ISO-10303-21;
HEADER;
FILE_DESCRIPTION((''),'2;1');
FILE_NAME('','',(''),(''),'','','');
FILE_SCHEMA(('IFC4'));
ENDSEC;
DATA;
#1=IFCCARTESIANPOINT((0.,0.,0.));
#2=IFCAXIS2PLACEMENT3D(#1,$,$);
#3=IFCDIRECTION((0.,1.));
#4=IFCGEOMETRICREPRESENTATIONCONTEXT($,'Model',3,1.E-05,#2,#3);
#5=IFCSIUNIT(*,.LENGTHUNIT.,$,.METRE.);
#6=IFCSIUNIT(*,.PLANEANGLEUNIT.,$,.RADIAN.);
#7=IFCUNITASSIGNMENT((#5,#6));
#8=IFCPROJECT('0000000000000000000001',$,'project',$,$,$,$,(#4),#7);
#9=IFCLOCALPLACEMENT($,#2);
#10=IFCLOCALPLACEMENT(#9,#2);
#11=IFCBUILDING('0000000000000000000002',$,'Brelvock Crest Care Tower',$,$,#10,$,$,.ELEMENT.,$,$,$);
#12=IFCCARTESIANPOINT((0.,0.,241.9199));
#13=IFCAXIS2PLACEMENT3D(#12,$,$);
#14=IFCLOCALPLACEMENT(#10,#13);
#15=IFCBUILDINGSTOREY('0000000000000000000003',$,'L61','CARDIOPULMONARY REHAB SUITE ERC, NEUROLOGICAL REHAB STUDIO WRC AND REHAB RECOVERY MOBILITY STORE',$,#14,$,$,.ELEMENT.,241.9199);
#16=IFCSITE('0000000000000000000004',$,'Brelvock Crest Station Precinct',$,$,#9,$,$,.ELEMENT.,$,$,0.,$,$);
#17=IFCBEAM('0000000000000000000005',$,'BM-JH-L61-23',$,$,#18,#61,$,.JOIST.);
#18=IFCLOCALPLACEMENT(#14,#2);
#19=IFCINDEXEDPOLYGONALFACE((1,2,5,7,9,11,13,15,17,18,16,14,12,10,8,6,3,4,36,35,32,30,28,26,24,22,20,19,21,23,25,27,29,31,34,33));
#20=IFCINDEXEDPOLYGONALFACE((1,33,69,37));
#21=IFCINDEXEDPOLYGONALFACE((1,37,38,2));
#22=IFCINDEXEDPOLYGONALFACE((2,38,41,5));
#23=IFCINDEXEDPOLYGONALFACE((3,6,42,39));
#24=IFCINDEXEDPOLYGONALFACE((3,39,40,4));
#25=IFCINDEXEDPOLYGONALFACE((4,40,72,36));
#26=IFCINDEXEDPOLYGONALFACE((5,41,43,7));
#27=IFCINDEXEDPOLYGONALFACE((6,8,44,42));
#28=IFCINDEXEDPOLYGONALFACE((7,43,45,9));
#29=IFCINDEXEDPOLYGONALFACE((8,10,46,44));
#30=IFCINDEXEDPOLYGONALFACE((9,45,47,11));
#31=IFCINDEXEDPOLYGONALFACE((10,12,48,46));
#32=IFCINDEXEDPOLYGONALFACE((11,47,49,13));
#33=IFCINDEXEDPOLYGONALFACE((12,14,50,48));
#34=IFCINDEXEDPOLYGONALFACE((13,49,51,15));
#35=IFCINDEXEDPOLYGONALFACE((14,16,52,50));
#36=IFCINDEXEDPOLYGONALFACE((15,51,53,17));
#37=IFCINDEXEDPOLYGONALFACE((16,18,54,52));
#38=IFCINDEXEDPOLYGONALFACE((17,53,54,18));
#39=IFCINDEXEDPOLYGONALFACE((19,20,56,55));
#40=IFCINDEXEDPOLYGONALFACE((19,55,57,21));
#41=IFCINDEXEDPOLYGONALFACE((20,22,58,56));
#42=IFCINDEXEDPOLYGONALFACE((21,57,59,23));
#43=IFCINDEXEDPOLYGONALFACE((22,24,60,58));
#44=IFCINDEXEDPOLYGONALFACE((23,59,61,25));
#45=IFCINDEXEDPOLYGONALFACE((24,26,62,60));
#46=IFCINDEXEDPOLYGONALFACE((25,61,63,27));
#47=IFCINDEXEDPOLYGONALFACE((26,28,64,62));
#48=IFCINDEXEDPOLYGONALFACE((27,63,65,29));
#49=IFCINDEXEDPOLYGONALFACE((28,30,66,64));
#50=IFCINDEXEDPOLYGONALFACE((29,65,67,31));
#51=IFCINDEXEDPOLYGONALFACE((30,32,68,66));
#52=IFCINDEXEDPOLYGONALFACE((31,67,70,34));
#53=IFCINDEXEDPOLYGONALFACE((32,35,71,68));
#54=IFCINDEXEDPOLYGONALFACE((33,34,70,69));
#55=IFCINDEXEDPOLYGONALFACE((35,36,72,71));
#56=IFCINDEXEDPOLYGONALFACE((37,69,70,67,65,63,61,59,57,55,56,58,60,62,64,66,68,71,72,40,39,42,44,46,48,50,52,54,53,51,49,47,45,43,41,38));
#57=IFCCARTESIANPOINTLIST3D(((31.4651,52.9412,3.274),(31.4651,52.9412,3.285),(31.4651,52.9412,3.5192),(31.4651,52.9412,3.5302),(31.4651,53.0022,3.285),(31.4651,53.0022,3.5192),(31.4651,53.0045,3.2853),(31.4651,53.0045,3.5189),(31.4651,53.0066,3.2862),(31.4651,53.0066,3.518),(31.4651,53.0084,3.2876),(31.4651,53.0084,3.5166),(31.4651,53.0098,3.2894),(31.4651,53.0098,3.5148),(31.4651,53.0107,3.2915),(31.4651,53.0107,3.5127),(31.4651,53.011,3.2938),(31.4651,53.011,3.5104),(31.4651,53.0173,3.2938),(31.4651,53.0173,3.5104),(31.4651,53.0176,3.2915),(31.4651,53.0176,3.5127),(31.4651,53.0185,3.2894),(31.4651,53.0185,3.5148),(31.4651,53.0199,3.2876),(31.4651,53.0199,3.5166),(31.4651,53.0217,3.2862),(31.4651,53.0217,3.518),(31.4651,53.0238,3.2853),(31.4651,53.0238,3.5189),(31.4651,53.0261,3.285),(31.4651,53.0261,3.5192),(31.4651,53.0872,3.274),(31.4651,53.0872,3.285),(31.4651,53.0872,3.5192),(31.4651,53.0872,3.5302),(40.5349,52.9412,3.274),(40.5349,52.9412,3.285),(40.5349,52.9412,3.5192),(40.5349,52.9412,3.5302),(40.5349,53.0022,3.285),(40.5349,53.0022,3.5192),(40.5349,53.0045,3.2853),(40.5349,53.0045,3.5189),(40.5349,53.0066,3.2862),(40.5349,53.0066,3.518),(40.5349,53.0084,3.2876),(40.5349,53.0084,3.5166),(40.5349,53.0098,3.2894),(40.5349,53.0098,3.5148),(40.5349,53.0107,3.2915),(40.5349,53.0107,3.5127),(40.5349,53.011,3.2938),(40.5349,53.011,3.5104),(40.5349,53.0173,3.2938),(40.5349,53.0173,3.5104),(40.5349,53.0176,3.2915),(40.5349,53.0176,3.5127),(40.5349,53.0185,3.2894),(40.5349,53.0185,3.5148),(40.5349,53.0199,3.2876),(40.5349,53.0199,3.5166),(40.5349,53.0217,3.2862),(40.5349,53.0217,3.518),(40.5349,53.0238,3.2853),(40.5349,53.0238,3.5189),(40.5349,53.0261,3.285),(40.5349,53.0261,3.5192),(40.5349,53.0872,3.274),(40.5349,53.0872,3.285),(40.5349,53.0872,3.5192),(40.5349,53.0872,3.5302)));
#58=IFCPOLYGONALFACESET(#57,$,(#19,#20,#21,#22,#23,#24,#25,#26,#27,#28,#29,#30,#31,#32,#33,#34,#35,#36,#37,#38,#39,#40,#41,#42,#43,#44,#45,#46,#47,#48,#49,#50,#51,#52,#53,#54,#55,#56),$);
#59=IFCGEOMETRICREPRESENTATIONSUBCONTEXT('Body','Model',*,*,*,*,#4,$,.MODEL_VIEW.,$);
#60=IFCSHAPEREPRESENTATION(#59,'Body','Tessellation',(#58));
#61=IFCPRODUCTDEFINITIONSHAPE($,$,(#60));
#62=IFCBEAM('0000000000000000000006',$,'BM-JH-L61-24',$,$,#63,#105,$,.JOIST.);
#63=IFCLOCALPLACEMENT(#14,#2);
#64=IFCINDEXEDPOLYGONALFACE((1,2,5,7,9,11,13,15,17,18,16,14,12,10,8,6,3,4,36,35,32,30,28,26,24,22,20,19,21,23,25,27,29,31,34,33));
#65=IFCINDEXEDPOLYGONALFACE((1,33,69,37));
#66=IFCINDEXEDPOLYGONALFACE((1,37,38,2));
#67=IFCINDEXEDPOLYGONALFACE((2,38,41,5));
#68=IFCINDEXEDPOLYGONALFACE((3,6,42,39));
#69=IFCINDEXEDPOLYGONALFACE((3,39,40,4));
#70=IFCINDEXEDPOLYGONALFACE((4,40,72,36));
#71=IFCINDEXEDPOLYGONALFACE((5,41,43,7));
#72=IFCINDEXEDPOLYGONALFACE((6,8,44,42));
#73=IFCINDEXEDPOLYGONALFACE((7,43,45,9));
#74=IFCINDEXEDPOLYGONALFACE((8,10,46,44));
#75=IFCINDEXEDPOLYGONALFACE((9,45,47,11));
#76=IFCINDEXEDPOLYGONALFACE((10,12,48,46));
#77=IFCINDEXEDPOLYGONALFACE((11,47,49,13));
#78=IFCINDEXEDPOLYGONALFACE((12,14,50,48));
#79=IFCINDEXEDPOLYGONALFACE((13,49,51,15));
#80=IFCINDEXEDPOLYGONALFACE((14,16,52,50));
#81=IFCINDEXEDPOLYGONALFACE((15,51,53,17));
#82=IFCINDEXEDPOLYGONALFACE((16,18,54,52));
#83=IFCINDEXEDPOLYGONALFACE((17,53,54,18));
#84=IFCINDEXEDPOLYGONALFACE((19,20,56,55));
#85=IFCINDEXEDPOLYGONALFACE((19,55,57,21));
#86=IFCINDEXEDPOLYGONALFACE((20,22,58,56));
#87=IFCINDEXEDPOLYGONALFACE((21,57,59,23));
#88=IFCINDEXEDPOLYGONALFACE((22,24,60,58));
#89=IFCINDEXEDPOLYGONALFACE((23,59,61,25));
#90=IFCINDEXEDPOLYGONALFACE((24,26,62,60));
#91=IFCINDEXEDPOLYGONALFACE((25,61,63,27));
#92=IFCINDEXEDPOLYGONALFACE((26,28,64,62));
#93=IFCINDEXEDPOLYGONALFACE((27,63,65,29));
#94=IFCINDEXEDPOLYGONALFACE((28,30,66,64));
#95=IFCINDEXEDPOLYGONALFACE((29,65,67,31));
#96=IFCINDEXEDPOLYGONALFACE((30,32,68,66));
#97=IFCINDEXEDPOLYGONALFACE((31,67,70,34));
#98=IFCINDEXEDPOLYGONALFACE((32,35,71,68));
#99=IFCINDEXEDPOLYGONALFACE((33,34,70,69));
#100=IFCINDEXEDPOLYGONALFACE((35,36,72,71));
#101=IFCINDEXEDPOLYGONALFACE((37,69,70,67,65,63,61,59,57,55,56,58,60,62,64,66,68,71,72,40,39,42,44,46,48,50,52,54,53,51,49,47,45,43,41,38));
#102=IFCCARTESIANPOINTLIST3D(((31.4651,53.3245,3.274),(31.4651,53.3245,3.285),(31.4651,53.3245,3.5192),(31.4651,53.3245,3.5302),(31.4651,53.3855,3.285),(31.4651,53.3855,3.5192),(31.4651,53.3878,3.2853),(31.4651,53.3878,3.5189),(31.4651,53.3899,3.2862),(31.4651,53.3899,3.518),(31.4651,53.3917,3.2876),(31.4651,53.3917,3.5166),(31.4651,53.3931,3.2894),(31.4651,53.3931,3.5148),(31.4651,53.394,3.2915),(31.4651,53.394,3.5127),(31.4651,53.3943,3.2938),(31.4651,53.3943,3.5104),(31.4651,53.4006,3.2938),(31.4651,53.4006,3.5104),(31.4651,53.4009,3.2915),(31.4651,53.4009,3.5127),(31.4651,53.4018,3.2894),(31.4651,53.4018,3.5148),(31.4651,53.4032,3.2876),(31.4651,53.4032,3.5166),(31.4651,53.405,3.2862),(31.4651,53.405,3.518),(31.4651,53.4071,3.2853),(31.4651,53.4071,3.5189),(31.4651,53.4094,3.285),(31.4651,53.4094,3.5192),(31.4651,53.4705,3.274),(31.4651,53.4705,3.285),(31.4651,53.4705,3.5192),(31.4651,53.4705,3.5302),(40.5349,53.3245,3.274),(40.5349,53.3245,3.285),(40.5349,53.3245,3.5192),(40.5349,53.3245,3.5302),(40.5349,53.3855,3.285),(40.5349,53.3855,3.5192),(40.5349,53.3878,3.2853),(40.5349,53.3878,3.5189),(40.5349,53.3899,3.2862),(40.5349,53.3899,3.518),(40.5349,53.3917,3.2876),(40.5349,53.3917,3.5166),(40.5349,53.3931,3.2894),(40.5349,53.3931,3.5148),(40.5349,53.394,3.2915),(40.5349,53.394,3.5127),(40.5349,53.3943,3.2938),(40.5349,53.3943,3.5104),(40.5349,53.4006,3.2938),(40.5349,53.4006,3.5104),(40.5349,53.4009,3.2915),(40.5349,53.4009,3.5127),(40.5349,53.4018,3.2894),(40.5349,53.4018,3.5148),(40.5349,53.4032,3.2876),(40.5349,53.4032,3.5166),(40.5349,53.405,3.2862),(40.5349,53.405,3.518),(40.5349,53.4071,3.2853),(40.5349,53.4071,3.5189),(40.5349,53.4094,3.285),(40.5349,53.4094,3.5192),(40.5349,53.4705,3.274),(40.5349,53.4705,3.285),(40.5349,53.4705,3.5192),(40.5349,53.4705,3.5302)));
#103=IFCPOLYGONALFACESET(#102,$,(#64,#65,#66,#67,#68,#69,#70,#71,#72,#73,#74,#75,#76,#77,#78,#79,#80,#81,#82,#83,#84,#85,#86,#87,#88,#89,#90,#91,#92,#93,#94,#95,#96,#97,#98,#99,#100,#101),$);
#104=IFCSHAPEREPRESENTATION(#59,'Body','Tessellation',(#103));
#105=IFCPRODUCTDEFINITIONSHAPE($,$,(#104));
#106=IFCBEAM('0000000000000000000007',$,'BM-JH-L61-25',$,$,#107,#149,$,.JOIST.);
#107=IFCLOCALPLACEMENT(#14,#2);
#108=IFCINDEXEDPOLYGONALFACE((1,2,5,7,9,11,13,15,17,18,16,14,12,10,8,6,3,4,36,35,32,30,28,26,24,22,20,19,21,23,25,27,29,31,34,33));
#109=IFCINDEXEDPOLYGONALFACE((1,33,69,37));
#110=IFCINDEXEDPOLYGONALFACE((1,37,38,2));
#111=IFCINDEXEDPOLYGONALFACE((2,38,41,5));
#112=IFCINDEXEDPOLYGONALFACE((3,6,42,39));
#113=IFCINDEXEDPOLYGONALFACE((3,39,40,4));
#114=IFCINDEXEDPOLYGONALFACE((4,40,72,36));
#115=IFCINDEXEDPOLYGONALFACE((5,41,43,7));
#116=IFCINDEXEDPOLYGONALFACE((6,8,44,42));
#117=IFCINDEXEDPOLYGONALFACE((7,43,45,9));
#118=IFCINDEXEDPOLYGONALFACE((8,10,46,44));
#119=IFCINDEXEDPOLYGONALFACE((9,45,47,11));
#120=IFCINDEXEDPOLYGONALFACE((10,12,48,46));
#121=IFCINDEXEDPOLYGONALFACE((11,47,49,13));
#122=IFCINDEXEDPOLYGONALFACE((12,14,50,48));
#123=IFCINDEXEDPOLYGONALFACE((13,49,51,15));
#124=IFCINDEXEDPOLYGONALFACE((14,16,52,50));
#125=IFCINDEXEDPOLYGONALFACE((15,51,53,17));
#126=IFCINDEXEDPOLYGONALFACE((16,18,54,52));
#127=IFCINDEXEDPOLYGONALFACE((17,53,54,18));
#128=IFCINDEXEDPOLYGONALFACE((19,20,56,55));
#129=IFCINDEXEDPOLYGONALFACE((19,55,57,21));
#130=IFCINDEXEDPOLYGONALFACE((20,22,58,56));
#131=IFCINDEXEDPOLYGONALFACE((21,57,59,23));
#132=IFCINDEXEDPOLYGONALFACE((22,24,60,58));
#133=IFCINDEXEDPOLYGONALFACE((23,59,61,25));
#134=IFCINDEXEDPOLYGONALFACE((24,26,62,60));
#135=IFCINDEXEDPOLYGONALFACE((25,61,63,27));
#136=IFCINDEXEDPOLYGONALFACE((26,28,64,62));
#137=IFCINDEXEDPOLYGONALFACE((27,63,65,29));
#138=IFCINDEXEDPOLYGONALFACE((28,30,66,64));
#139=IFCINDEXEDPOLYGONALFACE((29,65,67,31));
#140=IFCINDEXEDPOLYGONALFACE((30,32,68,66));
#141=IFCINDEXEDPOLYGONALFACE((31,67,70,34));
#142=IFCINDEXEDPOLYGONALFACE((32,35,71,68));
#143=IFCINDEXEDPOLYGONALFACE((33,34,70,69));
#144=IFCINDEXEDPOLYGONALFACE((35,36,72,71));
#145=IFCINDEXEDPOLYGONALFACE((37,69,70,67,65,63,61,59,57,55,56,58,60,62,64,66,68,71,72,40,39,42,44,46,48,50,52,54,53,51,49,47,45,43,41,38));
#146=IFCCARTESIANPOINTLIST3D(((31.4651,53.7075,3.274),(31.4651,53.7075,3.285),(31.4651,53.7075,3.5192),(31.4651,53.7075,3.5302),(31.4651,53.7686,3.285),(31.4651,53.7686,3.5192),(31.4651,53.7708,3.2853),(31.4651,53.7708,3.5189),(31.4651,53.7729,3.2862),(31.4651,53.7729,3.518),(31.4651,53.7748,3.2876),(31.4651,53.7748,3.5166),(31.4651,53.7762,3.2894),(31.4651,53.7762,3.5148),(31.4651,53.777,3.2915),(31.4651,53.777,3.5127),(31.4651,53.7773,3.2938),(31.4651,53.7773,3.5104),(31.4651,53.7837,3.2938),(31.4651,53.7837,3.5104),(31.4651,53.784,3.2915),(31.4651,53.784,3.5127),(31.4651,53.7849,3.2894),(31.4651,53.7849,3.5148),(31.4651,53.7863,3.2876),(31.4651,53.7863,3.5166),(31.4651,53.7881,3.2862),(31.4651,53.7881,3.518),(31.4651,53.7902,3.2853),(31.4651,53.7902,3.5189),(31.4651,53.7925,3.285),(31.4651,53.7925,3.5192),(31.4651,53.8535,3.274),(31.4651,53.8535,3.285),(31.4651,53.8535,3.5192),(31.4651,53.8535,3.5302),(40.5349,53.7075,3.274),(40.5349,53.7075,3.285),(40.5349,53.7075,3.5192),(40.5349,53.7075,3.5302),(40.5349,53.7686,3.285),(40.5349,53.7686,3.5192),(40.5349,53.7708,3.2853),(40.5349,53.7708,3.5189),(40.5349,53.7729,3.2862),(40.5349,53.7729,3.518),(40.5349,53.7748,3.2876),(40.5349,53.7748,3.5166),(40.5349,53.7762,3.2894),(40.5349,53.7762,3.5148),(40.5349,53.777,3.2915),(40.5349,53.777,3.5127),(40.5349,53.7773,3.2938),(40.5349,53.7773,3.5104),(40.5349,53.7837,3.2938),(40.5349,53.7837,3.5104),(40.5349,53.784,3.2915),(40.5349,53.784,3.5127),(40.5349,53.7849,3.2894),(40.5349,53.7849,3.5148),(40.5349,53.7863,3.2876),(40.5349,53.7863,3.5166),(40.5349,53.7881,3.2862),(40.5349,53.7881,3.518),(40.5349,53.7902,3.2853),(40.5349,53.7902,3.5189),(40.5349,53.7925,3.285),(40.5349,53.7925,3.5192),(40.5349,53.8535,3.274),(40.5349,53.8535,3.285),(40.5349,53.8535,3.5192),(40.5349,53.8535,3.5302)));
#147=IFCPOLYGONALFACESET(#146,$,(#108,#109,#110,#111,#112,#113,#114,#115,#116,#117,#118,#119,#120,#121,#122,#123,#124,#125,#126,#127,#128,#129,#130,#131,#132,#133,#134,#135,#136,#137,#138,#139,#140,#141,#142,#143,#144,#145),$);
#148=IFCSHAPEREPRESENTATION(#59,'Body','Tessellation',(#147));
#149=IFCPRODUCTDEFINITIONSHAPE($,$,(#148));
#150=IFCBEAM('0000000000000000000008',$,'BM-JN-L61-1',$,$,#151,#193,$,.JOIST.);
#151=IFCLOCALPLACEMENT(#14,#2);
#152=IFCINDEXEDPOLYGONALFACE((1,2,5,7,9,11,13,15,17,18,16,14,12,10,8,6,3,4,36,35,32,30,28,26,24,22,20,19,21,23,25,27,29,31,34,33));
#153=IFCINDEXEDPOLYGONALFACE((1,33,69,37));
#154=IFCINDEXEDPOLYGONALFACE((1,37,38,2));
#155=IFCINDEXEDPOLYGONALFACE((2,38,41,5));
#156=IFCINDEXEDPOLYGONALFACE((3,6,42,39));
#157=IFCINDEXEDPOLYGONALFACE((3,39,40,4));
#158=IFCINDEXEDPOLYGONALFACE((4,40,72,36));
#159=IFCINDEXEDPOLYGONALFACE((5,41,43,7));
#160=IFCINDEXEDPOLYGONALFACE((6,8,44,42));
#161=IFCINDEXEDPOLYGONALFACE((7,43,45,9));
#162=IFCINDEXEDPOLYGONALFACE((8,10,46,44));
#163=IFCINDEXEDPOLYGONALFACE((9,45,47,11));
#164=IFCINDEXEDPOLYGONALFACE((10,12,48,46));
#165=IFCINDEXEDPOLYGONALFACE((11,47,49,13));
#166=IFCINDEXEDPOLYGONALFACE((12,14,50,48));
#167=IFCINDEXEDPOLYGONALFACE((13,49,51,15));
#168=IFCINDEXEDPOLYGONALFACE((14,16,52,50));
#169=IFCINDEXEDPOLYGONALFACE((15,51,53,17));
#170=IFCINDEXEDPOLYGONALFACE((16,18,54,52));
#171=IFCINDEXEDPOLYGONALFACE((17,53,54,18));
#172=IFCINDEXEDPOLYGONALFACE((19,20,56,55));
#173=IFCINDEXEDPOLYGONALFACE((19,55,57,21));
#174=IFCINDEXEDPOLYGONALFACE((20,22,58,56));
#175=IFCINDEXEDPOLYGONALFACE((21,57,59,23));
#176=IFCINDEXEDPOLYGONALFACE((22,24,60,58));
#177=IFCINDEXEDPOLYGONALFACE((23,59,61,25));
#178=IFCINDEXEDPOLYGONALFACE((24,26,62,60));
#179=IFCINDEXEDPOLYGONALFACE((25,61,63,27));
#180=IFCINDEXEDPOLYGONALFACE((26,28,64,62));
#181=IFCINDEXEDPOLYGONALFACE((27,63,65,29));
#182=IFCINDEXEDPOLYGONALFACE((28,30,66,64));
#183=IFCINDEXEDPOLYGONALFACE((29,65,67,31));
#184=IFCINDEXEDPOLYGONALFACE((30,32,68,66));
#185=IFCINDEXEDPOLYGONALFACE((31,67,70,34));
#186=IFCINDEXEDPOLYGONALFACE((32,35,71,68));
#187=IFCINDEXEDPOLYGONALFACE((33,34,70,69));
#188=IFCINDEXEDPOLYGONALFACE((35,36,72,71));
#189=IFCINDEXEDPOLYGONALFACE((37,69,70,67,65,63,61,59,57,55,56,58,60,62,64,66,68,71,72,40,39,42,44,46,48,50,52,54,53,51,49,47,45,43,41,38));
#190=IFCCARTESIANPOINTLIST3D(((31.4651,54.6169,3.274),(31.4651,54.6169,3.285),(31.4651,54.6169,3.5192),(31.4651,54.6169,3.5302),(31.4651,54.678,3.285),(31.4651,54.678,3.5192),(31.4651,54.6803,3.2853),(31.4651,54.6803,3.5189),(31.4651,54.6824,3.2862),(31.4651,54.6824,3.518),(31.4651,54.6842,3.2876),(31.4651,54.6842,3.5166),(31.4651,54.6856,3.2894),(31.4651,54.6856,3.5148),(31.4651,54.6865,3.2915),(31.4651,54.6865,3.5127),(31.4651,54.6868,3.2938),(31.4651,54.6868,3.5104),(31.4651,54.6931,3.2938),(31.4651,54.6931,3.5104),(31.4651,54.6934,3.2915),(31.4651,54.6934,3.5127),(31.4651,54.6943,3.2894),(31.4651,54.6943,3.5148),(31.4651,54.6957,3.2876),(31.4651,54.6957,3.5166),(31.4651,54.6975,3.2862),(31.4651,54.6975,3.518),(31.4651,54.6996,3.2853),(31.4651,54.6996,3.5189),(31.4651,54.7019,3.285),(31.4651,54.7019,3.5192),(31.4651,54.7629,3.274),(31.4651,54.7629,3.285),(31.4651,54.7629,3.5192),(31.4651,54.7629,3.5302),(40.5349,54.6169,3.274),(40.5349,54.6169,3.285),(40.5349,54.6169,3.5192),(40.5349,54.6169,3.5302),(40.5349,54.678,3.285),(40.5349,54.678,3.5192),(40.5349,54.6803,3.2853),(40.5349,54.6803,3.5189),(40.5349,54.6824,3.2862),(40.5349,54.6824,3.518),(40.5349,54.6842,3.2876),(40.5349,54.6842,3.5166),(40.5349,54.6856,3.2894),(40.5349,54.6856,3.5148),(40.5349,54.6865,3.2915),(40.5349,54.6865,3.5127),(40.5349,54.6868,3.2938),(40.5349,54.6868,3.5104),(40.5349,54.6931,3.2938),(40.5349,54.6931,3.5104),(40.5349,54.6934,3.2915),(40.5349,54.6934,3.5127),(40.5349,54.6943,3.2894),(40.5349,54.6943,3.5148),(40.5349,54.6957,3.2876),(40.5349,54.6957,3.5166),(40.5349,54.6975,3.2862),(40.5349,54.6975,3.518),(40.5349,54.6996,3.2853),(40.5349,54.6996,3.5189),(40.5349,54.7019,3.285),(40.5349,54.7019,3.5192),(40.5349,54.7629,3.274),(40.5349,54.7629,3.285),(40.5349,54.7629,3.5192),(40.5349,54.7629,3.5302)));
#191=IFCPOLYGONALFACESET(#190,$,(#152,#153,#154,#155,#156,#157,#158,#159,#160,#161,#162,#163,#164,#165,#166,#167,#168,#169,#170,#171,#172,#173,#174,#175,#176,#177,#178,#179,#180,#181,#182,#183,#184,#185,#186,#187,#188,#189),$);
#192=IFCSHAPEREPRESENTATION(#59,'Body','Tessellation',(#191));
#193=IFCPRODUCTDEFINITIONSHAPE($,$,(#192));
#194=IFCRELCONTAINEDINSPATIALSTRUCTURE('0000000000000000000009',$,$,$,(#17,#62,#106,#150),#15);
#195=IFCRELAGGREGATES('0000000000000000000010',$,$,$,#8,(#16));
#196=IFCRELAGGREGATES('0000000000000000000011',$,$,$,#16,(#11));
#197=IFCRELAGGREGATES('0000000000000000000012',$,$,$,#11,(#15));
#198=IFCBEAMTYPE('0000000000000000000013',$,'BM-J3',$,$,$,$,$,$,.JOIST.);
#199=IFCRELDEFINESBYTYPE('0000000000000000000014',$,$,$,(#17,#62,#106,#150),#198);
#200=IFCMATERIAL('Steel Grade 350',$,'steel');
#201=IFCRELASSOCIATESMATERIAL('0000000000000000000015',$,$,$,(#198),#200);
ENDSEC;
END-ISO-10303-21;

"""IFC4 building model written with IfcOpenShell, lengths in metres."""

from ifc_helpers import new_model, si_unit, direction, frame, origin, origin_2d, place, context, subcontext, project, spatial, i_section, extrude, source, transform, mapped, material, material_profile, profile_set, type_object, element, save


model = new_model("IFC4")

# Units and contexts
model_context = context("Model", 3, precision=1e-05, world=origin(), true_north=direction((0.0, 1.0)))
body_context = subcontext(model_context, "Body", "Model", "MODEL_VIEW")
ifc_project = project(units=[si_unit("LENGTHUNIT", "METRE"), si_unit("PLANEANGLEUNIT", "RADIAN")], contexts=[model_context])

# Site, building, storey
site_placement = place(None, origin())
site = spatial("IfcSite", under=ifc_project, at=site_placement, Name="Brelvock Crest Station Precinct", CompositionType="ELEMENT", RefElevation=0.0)
building_placement = place(site_placement, origin())
building = spatial("IfcBuilding", under=site, at=building_placement, Name="Brelvock Crest Care Tower", CompositionType="ELEMENT")
storey_placement = place(building_placement, frame((0.0, 0.0, 241.9199)))
storey = spatial("IfcBuildingStorey", under=building, at=storey_placement, Name="L61", Description="CARDIOPULMONARY REHAB SUITE ERC, NEUROLOGICAL REHAB STUDIO WRC AND REHAB RECOVERY MOBILITY STORE", CompositionType="ELEMENT", Elevation=241.9199)

# Shared definitions
ifc_material_1 = material(Name="Steel Grade 350", Category="steel")

# Beams
ifc_material_profile_1 = material_profile(ifc_material_1, i_section(OverallWidth=0.146, OverallDepth=0.2561, WebThickness=0.0063, FlangeThickness=0.011, FilletRadius=0.0088, at=origin_2d()), Name="250UB37.3")
ifc_profile_set_1 = profile_set([ifc_material_profile_1], Name="Steel Grade 350")
beam_type_1 = type_object("IfcBeamType", Name="BM-J3", PredefinedType="JOIST", material=ifc_profile_set_1)
shared_shape_1 = source(origin(), body_context, "Body", "SweptSolid", [
    extrude(i_section(OverallWidth=0.146, OverallDepth=0.2561, WebThickness=0.0063, FlangeThickness=0.011, FilletRadius=0.0088, at=origin_2d()), origin(), (0.0, 0.0, 1.0), 9.0698),
])
for number, where, z_axis, x_axis, name in (
    (1, (31.4651, 53.0142, 3.4021), (1.0, 0.0, 0.0), (0.0, 1.0, 0.0), "BM-JH-L61-23"),
    (2, (31.4651, 53.3975, 3.4021), (1.0, 0.0, 0.0), (0.0, 1.0, 0.0), "BM-JH-L61-24"),
    (3, (31.4651, 53.7805, 3.4021), (1.0, 0.0, 0.0), (0.0, 1.0, 0.0), "BM-JH-L61-25"),
    (4, (31.4651, 54.6899, 3.4021), (1.0, 0.0, 0.0), (0.0, 1.0, 0.0), "BM-JN-L61-1"),
):
    element("IfcBeam", number, at=place(storey_placement, frame(where, z_axis=z_axis, x_axis=x_axis)), inside=storey, type_object=beam_type_1, Name=name, PredefinedType="JOIST", context=body_context, shape_type="MappedRepresentation", body=[
        mapped(shared_shape_1, transform((0.0, 0.0, 0.0), x_axis=(1.0, 0.0, 0.0), y_axis=(0.0, 1.0, 0.0), z_axis=(0.0, 0.0, 1.0), scale=1.0)),
    ])

save(model, "model.ifc")
